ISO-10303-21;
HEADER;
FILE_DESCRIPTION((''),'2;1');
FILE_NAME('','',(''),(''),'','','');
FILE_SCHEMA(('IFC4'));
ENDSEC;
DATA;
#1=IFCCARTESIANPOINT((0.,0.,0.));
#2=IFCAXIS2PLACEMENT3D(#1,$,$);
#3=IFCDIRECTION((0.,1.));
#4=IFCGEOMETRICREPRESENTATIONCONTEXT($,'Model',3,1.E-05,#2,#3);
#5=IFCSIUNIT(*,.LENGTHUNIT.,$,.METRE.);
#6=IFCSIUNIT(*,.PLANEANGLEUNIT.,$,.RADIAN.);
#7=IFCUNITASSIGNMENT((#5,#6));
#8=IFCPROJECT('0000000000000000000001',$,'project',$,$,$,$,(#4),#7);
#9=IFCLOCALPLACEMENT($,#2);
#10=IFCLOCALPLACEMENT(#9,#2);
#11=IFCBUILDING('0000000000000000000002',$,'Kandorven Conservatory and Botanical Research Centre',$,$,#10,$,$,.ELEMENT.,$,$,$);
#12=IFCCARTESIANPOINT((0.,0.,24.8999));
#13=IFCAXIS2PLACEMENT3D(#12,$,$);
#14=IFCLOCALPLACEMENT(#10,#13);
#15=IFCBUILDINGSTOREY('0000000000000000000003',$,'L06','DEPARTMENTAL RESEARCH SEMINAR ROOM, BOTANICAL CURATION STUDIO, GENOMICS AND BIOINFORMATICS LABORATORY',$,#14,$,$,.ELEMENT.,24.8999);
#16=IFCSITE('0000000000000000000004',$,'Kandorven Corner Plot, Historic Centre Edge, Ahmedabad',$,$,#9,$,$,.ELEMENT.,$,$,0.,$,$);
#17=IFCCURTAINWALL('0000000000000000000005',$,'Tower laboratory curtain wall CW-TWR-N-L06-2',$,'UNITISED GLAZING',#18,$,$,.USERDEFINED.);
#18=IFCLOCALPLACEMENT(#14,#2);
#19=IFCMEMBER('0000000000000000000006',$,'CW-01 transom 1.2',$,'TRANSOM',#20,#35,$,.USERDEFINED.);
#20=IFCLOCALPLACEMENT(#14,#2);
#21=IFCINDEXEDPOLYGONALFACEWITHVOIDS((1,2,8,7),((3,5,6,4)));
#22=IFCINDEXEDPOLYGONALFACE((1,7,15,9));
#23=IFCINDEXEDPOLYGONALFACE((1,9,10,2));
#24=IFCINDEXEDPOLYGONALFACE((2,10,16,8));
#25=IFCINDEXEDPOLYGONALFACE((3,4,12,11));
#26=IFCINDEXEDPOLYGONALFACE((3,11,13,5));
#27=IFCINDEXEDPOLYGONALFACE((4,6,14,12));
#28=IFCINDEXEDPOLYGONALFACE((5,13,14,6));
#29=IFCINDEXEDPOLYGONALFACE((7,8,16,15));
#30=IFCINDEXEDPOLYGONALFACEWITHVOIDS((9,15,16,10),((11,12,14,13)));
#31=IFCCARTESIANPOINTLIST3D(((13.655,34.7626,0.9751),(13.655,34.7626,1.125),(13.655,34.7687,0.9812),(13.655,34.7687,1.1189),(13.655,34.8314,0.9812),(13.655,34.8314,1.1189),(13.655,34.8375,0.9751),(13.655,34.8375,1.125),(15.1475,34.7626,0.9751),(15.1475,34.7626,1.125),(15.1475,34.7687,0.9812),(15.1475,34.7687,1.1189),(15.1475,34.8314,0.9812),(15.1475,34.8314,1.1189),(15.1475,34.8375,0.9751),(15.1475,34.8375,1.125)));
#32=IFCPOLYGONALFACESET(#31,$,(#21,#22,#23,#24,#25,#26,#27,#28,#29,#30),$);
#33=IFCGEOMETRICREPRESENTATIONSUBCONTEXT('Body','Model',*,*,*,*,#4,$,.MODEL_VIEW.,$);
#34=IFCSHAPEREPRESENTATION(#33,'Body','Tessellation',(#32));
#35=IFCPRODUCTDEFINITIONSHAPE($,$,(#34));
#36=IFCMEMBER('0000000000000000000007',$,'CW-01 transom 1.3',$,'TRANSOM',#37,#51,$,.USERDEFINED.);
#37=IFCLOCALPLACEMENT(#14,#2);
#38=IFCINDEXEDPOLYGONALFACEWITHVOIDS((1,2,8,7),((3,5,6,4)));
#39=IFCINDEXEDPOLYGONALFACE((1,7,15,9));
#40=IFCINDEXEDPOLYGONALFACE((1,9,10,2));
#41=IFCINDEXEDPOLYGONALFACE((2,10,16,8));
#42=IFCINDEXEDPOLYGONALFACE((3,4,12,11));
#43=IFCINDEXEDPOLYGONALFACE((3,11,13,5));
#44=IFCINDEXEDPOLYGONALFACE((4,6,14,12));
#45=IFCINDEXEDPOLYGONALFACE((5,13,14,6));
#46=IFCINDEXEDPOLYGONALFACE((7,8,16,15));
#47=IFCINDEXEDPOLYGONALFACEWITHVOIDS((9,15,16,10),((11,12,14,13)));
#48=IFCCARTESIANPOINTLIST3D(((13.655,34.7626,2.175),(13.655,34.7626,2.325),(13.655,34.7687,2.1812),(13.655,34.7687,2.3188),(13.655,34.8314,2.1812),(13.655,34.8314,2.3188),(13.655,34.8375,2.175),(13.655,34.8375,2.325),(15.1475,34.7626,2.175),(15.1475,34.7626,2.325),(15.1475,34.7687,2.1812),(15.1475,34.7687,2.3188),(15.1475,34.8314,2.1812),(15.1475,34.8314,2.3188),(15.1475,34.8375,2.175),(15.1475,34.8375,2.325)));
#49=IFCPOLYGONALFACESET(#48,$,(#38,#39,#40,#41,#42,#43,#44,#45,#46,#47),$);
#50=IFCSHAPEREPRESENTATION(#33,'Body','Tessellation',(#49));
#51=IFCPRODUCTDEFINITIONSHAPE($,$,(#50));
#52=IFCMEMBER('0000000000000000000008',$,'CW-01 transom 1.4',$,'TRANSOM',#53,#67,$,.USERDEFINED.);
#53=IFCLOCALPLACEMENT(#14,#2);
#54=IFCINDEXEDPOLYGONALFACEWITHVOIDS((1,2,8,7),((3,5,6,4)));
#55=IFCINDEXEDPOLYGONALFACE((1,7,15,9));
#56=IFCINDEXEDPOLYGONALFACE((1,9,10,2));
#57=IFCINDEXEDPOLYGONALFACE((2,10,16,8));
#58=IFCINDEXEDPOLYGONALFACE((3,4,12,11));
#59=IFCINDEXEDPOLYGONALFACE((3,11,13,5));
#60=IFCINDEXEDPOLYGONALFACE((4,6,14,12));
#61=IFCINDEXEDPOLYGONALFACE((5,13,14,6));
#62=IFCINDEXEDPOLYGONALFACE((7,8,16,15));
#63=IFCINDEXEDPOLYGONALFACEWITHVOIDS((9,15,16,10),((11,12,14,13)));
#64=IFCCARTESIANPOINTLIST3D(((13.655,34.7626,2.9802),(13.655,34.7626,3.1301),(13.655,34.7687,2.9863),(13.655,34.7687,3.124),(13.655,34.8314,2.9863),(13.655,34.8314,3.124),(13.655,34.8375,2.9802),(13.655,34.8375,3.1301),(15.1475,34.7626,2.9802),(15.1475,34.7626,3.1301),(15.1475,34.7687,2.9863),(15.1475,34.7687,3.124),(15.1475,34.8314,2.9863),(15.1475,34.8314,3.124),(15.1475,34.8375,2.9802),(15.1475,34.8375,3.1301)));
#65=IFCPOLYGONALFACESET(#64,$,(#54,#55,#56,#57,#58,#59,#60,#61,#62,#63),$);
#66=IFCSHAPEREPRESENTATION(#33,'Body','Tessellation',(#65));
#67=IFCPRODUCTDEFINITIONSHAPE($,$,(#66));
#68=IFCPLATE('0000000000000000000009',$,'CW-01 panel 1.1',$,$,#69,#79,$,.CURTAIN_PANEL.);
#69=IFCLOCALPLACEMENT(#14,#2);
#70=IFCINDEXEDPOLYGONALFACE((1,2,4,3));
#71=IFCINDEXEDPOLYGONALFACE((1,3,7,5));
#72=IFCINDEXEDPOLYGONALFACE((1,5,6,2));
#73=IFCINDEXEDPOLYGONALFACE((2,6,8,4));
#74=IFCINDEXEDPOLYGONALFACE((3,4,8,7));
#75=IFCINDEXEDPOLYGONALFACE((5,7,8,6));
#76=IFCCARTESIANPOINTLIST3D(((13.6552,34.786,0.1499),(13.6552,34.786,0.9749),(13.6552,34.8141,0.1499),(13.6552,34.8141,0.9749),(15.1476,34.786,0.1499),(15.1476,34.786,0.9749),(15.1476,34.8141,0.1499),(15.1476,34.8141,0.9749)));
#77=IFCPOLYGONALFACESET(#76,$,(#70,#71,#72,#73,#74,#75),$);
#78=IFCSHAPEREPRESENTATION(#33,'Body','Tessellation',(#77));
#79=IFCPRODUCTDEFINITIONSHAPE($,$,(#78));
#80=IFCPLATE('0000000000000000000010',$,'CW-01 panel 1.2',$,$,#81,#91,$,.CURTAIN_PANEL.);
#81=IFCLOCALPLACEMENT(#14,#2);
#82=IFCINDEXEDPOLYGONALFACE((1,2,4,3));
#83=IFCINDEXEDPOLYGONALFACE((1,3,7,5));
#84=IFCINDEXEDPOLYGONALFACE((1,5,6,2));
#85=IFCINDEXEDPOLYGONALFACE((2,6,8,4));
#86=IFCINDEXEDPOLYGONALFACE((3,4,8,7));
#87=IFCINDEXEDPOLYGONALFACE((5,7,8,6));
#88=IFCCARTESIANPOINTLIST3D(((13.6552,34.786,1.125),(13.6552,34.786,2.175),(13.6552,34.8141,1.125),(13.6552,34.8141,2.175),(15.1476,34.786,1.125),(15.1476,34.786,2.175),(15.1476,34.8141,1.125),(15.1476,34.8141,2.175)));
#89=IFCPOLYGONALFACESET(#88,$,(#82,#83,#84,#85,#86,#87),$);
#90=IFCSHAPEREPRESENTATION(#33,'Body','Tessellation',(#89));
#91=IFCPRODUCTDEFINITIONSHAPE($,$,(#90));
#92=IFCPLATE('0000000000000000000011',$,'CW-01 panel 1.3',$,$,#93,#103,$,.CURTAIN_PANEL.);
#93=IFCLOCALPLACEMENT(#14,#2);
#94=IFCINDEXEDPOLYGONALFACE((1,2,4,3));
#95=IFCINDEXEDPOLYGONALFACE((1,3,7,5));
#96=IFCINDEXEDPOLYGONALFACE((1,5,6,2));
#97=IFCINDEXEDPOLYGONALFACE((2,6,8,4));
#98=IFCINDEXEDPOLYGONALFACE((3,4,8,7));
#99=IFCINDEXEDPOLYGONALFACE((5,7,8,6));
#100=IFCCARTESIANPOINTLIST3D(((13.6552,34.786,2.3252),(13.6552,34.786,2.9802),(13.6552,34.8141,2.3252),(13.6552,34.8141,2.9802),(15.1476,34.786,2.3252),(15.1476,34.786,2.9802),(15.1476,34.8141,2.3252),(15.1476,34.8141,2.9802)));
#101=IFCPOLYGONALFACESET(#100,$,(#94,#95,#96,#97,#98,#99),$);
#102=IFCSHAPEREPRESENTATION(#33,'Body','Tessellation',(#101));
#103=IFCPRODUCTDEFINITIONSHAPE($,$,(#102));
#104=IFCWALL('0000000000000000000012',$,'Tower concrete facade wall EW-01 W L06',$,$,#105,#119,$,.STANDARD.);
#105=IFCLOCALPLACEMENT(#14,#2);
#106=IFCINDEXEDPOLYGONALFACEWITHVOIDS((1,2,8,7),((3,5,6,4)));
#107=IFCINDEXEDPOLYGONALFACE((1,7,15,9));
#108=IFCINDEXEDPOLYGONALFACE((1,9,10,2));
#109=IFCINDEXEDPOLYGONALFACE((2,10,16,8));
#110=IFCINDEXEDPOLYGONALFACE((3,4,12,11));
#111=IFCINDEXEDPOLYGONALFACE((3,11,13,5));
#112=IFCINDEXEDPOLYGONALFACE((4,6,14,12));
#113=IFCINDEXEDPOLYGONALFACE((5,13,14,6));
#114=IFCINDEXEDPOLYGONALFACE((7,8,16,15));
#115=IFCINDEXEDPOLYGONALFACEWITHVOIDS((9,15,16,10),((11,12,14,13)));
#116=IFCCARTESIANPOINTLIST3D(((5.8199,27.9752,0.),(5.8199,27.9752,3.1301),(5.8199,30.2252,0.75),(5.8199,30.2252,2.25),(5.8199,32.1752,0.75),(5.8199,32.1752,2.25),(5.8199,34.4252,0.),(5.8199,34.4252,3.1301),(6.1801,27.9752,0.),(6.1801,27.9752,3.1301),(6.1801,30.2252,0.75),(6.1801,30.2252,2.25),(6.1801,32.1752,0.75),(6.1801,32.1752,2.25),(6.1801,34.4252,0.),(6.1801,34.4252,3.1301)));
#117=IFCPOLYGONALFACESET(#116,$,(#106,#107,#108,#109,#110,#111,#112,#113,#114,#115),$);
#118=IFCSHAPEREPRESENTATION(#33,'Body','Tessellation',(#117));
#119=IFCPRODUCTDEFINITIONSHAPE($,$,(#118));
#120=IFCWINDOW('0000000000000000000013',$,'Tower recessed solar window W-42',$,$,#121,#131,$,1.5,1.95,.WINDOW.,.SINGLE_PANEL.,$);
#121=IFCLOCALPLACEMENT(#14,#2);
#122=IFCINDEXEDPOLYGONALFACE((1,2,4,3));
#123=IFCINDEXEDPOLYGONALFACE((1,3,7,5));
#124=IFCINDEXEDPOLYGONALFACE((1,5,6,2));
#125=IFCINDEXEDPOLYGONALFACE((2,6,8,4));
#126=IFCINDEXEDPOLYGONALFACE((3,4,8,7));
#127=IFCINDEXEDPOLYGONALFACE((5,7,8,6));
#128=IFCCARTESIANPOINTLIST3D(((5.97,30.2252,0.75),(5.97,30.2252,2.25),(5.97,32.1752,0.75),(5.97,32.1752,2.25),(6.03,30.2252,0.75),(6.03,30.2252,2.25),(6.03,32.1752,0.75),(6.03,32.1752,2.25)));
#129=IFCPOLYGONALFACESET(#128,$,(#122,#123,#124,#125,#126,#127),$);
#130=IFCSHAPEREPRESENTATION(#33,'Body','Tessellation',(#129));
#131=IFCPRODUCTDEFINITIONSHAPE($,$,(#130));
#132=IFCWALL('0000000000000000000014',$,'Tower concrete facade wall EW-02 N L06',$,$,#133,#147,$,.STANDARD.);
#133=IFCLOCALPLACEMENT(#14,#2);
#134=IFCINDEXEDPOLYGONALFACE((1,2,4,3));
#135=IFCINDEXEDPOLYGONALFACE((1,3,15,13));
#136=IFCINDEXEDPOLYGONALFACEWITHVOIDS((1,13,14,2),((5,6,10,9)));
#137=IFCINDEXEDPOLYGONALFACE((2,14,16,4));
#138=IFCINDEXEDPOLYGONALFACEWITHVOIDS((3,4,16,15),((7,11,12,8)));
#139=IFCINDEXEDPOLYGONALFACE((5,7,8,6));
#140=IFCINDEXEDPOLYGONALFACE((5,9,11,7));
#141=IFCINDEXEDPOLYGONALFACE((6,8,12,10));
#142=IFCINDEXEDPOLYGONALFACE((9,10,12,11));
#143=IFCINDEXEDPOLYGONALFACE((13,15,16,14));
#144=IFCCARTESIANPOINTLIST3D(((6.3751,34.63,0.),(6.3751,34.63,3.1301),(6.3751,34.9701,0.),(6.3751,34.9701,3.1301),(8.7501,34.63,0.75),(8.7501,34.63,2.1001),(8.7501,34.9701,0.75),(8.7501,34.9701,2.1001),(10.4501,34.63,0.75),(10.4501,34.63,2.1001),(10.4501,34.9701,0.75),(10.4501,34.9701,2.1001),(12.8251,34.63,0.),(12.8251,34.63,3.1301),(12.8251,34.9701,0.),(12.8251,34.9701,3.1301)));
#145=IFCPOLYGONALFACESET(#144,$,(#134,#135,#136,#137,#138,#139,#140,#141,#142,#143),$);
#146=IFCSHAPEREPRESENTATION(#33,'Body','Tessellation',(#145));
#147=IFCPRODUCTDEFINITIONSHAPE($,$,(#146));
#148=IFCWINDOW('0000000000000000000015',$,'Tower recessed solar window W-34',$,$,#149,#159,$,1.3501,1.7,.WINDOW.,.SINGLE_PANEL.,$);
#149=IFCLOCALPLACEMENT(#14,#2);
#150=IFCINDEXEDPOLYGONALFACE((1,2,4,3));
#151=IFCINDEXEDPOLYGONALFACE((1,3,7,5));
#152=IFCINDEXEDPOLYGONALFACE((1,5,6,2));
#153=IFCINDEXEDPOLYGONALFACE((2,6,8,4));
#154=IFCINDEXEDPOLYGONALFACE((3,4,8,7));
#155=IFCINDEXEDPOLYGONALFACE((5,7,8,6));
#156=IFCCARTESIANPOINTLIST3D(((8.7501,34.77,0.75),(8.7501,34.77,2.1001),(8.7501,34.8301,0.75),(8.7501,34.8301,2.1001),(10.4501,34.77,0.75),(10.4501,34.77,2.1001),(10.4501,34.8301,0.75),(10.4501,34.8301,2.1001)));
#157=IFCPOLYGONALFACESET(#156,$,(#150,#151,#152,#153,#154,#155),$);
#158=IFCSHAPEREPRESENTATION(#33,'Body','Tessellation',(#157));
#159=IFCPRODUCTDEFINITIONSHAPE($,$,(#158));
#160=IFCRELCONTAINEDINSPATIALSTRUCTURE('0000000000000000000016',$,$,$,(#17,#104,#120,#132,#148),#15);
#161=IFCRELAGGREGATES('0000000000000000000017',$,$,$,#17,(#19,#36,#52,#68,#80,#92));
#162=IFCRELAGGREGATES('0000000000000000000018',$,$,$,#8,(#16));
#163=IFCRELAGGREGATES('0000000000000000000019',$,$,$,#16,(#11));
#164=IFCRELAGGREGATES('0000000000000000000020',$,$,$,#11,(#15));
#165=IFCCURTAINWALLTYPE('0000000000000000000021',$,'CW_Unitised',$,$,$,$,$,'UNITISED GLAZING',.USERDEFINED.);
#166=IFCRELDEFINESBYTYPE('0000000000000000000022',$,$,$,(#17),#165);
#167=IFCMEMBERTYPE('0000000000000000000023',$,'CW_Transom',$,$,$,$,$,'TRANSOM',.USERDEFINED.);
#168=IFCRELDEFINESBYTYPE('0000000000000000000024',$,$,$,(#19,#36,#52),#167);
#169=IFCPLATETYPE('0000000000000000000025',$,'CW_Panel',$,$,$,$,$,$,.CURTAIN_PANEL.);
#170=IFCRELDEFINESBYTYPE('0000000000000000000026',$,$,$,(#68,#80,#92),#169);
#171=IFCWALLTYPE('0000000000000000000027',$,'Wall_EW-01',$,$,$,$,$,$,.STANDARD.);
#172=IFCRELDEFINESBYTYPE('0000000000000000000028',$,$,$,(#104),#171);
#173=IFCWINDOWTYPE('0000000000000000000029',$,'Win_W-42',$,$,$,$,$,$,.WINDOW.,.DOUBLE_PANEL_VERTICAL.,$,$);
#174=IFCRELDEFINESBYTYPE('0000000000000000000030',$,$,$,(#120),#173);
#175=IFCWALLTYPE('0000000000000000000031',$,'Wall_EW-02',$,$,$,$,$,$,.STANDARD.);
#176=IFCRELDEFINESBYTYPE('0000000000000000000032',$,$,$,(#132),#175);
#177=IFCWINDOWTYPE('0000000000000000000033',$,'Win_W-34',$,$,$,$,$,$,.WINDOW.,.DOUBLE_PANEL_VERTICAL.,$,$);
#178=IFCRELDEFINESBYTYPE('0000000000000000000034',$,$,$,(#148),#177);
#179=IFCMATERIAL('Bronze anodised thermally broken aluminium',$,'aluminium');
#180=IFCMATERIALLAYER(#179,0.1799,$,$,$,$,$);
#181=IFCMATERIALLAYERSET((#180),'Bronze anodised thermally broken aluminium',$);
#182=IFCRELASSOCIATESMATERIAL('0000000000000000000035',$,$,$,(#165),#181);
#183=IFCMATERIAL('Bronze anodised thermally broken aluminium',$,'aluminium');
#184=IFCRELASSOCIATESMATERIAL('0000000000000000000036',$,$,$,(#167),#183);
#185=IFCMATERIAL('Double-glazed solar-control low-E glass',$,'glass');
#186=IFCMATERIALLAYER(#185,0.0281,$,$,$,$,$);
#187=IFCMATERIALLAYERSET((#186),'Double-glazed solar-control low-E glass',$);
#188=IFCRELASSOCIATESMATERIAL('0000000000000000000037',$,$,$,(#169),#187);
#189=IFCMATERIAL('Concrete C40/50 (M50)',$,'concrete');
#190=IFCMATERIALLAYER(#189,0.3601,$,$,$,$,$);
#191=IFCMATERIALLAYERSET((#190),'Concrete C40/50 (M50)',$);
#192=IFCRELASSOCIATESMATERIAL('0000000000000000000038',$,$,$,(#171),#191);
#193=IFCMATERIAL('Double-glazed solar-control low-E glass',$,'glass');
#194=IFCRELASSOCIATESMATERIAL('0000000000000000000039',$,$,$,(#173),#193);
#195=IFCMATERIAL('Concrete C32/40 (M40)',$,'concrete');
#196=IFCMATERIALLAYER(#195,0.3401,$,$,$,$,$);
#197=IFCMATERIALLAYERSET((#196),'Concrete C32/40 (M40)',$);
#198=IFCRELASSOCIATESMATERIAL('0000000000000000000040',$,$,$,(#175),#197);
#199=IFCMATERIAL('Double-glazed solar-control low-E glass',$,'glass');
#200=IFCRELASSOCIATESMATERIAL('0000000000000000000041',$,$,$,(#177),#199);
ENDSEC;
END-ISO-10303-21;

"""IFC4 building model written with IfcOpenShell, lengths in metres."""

from ifc_helpers import new_model, si_unit, direction, frame, frame_2d, origin, origin_2d, place, context, subcontext, project, spatial, rectangle, hollow_rectangle, extrude, material, layer, layer_set, material_profile, profile_set, type_object, element, fill, aggregate, save


model = new_model("IFC4")

# Units and contexts
model_context = context("Model", 3, precision=1e-05, world=origin(), true_north=direction((0.0, 1.0)))
body_context = subcontext(model_context, "Body", "Model", "MODEL_VIEW")
ifc_project = project(units=[si_unit("LENGTHUNIT", "METRE"), si_unit("PLANEANGLEUNIT", "RADIAN")], contexts=[model_context])

# Site, building, storey
site_placement = place(None, origin())
site = spatial("IfcSite", under=ifc_project, at=site_placement, Name="Kandorven Corner Plot, Historic Centre Edge, Ahmedabad", CompositionType="ELEMENT", RefElevation=0.0)
building_placement = place(site_placement, origin())
building = spatial("IfcBuilding", under=site, at=building_placement, Name="Kandorven Conservatory and Botanical Research Centre", CompositionType="ELEMENT")
storey_placement = place(building_placement, frame((0.0, 0.0, 24.8999)))
storey = spatial("IfcBuildingStorey", under=building, at=storey_placement, Name="L06", Description="DEPARTMENTAL RESEARCH SEMINAR ROOM, BOTANICAL CURATION STUDIO, GENOMICS AND BIOINFORMATICS LABORATORY", CompositionType="ELEMENT", Elevation=24.8999)

# Curtain wall, members, plates
ifc_material_1 = material(Name="Bronze anodised thermally broken aluminium", Category="aluminium")
ifc_layer_1 = layer(ifc_material_1, 0.1799)
ifc_layer_set_1 = layer_set([ifc_layer_1], Name="Bronze anodised thermally broken aluminium")
curtain_wall_type = type_object("IfcCurtainWallType", Name="CW_Unitised", ElementType="UNITISED GLAZING", PredefinedType="USERDEFINED", material=ifc_layer_set_1)
curtain_wall_placement = place(storey_placement, origin())
curtain_wall = element("IfcCurtainWall", 1, at=curtain_wall_placement, inside=storey, type_object=curtain_wall_type, Name="Tower laboratory curtain wall CW-TWR-N-L06-2", ObjectType="UNITISED GLAZING", PredefinedType="USERDEFINED")
ifc_material_2 = material(Name="Bronze anodised thermally broken aluminium", Category="aluminium")
ifc_material_profile_1 = material_profile(ifc_material_2, hollow_rectangle(XDim=0.075, YDim=0.1499, WallThickness=0.0061, at=origin_2d()))
ifc_profile_set_1 = profile_set([ifc_material_profile_1], Name="Bronze anodised thermally broken aluminium")
member_type_1 = type_object("IfcMemberType", Name="CW_Transom", ElementType="TRANSOM", PredefinedType="USERDEFINED", material=ifc_profile_set_1)
member_1_placement = place(storey_placement, frame((13.655, 34.8, 1.05), z_axis=(1.0, 0.0, 0.0), x_axis=(0.0, 1.0, 0.0)))
member_1 = element("IfcMember", 2, at=member_1_placement, type_object=member_type_1, Name="CW-01 transom 1.2", ObjectType="TRANSOM", PredefinedType="USERDEFINED", context=body_context, shape_type="SweptSolid", body=[
    extrude(hollow_rectangle(XDim=0.075, YDim=0.1499, WallThickness=0.0061, at=origin_2d()), origin(), (0.0, 0.0, 1.0), 1.4924),
])
member_2_placement = place(storey_placement, frame((13.655, 34.8, 2.25), z_axis=(1.0, 0.0, 0.0), x_axis=(0.0, 1.0, 0.0)))
member_2 = element("IfcMember", 3, at=member_2_placement, type_object=member_type_1, Name="CW-01 transom 1.3", ObjectType="TRANSOM", PredefinedType="USERDEFINED", context=body_context, shape_type="SweptSolid", body=[
    extrude(hollow_rectangle(XDim=0.075, YDim=0.1499, WallThickness=0.0061, at=origin_2d()), origin(), (0.0, 0.0, 1.0), 1.4924),
])
member_3_placement = place(storey_placement, frame((13.655, 34.8, 3.0552), z_axis=(1.0, 0.0, 0.0), x_axis=(0.0, 1.0, 0.0)))
member_3 = element("IfcMember", 4, at=member_3_placement, type_object=member_type_1, Name="CW-01 transom 1.4", ObjectType="TRANSOM", PredefinedType="USERDEFINED", context=body_context, shape_type="SweptSolid", body=[
    extrude(hollow_rectangle(XDim=0.075, YDim=0.1499, WallThickness=0.0061, at=origin_2d()), origin(), (0.0, 0.0, 1.0), 1.4924),
])
ifc_material_3 = material(Name="Double-glazed solar-control low-E glass", Category="glass")
ifc_layer_2 = layer(ifc_material_3, 0.0281)
ifc_layer_set_2 = layer_set([ifc_layer_2], Name="Double-glazed solar-control low-E glass")
plate_type = type_object("IfcPlateType", Name="CW_Panel", PredefinedType="CURTAIN_PANEL", material=ifc_layer_set_2)
plate_1_placement = place(storey_placement, frame((14.4014, 34.8, 0.1499), z_axis=(0.0, 0.0, 1.0), x_axis=(1.0, 0.0, 0.0)))
plate_1 = element("IfcPlate", 5, at=plate_1_placement, type_object=plate_type, Name="CW-01 panel 1.1", PredefinedType="CURTAIN_PANEL", context=body_context, shape_type="SweptSolid", body=[
    extrude(rectangle(XDim=1.4924, YDim=0.0281, at=origin_2d()), origin(), (0.0, 0.0, 1.0), 0.825),
])
plate_2_placement = place(storey_placement, frame((14.4014, 34.8, 1.125), z_axis=(0.0, 0.0, 1.0), x_axis=(1.0, 0.0, 0.0)))
plate_2 = element("IfcPlate", 6, at=plate_2_placement, type_object=plate_type, Name="CW-01 panel 1.2", PredefinedType="CURTAIN_PANEL", context=body_context, shape_type="SweptSolid", body=[
    extrude(rectangle(XDim=1.4924, YDim=0.0281, at=origin_2d()), origin(), (0.0, 0.0, 1.0), 1.05),
])
plate_3_placement = place(storey_placement, frame((14.4014, 34.8, 2.3252), z_axis=(0.0, 0.0, 1.0), x_axis=(1.0, 0.0, 0.0)))
plate_3 = element("IfcPlate", 7, at=plate_3_placement, type_object=plate_type, Name="CW-01 panel 1.3", PredefinedType="CURTAIN_PANEL", context=body_context, shape_type="SweptSolid", body=[
    extrude(rectangle(XDim=1.4924, YDim=0.0281, at=origin_2d()), origin(), (0.0, 0.0, 1.0), 0.655),
])
aggregate(curtain_wall, [member_1, member_2, member_3, plate_1, plate_2, plate_3])

# Walls, openings, windows
ifc_material_4 = material(Name="Concrete C40/50 (M50)", Category="concrete")
ifc_layer_3 = layer(ifc_material_4, 0.3601)
ifc_layer_set_3 = layer_set([ifc_layer_3], Name="Concrete C40/50 (M50)")
wall_type_1 = type_object("IfcWallType", Name="Wall_EW-01", PredefinedType="STANDARD", material=ifc_layer_set_3)
wall_1_placement = place(storey_placement, frame((6.0, 27.9751, 0.0), z_axis=(0.0, 0.0, 1.0), x_axis=(0.0, 1.0, 0.0)))
wall_1 = element("IfcWall", 8, at=wall_1_placement, inside=storey, type_object=wall_type_1, Name="Tower concrete facade wall EW-01 W L06", PredefinedType="STANDARD", context=body_context, shape_type="SweptSolid", body=[
    extrude(rectangle(XDim=6.45, YDim=0.3601, at=frame_2d((3.2251, 0.0))), origin(), (0.0, 0.0, 1.0), 3.1301),
])
opening_1_placement = place(wall_1_placement, frame((2.25, 0.0, 0.75)))
opening_1 = element("IfcOpeningElement", 9, at=opening_1_placement, cuts=wall_1, PredefinedType="OPENING", context=body_context, shape_type="SweptSolid", body=[
    extrude(rectangle(XDim=1.95, YDim=1.5, at=frame_2d((0.9751, 0.75))), frame((0.0, 0.1899, 0.0), z_axis=(0.0, -1.0, 0.0), x_axis=(1.0, 0.0, 0.0)), (0.0, 0.0, 1.0), 0.3801),
])
ifc_material_5 = material(Name="Double-glazed solar-control low-E glass", Category="glass")
window_type_1 = type_object("IfcWindowType", Name="Win_W-42", PartitioningType="DOUBLE_PANEL_VERTICAL", PredefinedType="WINDOW", material=ifc_material_5)
window_1_placement = place(opening_1_placement, origin())
window_1 = element("IfcWindow", 10, at=window_1_placement, inside=storey, type_object=window_type_1, Name="Tower recessed solar window W-42", OverallHeight=1.5, OverallWidth=1.95, PartitioningType="SINGLE_PANEL", PredefinedType="WINDOW", context=body_context, shape_type="SweptSolid", body=[
    extrude(rectangle(XDim=1.95, YDim=1.5, at=frame_2d((0.9751, 0.75))), frame((0.0, 0.03, 0.0), z_axis=(0.0, -1.0, 0.0), x_axis=(1.0, 0.0, 0.0)), (0.0, 0.0, 1.0), 0.0601),
])
fill(opening_1, window_1)
ifc_material_6 = material(Name="Concrete C32/40 (M40)", Category="concrete")
ifc_layer_4 = layer(ifc_material_6, 0.3401)
ifc_layer_set_4 = layer_set([ifc_layer_4], Name="Concrete C32/40 (M40)")
wall_type_2 = type_object("IfcWallType", Name="Wall_EW-02", PredefinedType="STANDARD", material=ifc_layer_set_4)
wall_2_placement = place(storey_placement, frame((6.375, 34.8, 0.0), z_axis=(0.0, 0.0, 1.0), x_axis=(1.0, 0.0, 0.0)))
wall_2 = element("IfcWall", 11, at=wall_2_placement, inside=storey, type_object=wall_type_2, Name="Tower concrete facade wall EW-02 N L06", PredefinedType="STANDARD", context=body_context, shape_type="SweptSolid", body=[
    extrude(rectangle(XDim=6.45, YDim=0.3401, at=frame_2d((3.2251, 0.0))), origin(), (0.0, 0.0, 1.0), 3.1301),
])
opening_2_placement = place(wall_2_placement, frame((2.375, 0.0, 0.75)))
opening_2 = element("IfcOpeningElement", 12, at=opening_2_placement, cuts=wall_2, PredefinedType="OPENING", context=body_context, shape_type="SweptSolid", body=[
    extrude(rectangle(XDim=1.7, YDim=1.3501, at=frame_2d((0.8501, 0.675))), frame((0.0, 0.1799, 0.0), z_axis=(0.0, -1.0, 0.0), x_axis=(1.0, 0.0, 0.0)), (0.0, 0.0, 1.0), 0.3601),
])
ifc_material_7 = material(Name="Double-glazed solar-control low-E glass", Category="glass")
window_type_2 = type_object("IfcWindowType", Name="Win_W-34", PartitioningType="DOUBLE_PANEL_VERTICAL", PredefinedType="WINDOW", material=ifc_material_7)
window_2_placement = place(opening_2_placement, origin())
window_2 = element("IfcWindow", 13, at=window_2_placement, inside=storey, type_object=window_type_2, Name="Tower recessed solar window W-34", OverallHeight=1.3501, OverallWidth=1.7, PartitioningType="SINGLE_PANEL", PredefinedType="WINDOW", context=body_context, shape_type="SweptSolid", body=[
    extrude(rectangle(XDim=1.7, YDim=1.3501, at=frame_2d((0.8501, 0.675))), frame((0.0, 0.03, 0.0), z_axis=(0.0, -1.0, 0.0), x_axis=(1.0, 0.0, 0.0)), (0.0, 0.0, 1.0), 0.0601),
])
fill(opening_2, window_2)

save(model, "model.ifc")
